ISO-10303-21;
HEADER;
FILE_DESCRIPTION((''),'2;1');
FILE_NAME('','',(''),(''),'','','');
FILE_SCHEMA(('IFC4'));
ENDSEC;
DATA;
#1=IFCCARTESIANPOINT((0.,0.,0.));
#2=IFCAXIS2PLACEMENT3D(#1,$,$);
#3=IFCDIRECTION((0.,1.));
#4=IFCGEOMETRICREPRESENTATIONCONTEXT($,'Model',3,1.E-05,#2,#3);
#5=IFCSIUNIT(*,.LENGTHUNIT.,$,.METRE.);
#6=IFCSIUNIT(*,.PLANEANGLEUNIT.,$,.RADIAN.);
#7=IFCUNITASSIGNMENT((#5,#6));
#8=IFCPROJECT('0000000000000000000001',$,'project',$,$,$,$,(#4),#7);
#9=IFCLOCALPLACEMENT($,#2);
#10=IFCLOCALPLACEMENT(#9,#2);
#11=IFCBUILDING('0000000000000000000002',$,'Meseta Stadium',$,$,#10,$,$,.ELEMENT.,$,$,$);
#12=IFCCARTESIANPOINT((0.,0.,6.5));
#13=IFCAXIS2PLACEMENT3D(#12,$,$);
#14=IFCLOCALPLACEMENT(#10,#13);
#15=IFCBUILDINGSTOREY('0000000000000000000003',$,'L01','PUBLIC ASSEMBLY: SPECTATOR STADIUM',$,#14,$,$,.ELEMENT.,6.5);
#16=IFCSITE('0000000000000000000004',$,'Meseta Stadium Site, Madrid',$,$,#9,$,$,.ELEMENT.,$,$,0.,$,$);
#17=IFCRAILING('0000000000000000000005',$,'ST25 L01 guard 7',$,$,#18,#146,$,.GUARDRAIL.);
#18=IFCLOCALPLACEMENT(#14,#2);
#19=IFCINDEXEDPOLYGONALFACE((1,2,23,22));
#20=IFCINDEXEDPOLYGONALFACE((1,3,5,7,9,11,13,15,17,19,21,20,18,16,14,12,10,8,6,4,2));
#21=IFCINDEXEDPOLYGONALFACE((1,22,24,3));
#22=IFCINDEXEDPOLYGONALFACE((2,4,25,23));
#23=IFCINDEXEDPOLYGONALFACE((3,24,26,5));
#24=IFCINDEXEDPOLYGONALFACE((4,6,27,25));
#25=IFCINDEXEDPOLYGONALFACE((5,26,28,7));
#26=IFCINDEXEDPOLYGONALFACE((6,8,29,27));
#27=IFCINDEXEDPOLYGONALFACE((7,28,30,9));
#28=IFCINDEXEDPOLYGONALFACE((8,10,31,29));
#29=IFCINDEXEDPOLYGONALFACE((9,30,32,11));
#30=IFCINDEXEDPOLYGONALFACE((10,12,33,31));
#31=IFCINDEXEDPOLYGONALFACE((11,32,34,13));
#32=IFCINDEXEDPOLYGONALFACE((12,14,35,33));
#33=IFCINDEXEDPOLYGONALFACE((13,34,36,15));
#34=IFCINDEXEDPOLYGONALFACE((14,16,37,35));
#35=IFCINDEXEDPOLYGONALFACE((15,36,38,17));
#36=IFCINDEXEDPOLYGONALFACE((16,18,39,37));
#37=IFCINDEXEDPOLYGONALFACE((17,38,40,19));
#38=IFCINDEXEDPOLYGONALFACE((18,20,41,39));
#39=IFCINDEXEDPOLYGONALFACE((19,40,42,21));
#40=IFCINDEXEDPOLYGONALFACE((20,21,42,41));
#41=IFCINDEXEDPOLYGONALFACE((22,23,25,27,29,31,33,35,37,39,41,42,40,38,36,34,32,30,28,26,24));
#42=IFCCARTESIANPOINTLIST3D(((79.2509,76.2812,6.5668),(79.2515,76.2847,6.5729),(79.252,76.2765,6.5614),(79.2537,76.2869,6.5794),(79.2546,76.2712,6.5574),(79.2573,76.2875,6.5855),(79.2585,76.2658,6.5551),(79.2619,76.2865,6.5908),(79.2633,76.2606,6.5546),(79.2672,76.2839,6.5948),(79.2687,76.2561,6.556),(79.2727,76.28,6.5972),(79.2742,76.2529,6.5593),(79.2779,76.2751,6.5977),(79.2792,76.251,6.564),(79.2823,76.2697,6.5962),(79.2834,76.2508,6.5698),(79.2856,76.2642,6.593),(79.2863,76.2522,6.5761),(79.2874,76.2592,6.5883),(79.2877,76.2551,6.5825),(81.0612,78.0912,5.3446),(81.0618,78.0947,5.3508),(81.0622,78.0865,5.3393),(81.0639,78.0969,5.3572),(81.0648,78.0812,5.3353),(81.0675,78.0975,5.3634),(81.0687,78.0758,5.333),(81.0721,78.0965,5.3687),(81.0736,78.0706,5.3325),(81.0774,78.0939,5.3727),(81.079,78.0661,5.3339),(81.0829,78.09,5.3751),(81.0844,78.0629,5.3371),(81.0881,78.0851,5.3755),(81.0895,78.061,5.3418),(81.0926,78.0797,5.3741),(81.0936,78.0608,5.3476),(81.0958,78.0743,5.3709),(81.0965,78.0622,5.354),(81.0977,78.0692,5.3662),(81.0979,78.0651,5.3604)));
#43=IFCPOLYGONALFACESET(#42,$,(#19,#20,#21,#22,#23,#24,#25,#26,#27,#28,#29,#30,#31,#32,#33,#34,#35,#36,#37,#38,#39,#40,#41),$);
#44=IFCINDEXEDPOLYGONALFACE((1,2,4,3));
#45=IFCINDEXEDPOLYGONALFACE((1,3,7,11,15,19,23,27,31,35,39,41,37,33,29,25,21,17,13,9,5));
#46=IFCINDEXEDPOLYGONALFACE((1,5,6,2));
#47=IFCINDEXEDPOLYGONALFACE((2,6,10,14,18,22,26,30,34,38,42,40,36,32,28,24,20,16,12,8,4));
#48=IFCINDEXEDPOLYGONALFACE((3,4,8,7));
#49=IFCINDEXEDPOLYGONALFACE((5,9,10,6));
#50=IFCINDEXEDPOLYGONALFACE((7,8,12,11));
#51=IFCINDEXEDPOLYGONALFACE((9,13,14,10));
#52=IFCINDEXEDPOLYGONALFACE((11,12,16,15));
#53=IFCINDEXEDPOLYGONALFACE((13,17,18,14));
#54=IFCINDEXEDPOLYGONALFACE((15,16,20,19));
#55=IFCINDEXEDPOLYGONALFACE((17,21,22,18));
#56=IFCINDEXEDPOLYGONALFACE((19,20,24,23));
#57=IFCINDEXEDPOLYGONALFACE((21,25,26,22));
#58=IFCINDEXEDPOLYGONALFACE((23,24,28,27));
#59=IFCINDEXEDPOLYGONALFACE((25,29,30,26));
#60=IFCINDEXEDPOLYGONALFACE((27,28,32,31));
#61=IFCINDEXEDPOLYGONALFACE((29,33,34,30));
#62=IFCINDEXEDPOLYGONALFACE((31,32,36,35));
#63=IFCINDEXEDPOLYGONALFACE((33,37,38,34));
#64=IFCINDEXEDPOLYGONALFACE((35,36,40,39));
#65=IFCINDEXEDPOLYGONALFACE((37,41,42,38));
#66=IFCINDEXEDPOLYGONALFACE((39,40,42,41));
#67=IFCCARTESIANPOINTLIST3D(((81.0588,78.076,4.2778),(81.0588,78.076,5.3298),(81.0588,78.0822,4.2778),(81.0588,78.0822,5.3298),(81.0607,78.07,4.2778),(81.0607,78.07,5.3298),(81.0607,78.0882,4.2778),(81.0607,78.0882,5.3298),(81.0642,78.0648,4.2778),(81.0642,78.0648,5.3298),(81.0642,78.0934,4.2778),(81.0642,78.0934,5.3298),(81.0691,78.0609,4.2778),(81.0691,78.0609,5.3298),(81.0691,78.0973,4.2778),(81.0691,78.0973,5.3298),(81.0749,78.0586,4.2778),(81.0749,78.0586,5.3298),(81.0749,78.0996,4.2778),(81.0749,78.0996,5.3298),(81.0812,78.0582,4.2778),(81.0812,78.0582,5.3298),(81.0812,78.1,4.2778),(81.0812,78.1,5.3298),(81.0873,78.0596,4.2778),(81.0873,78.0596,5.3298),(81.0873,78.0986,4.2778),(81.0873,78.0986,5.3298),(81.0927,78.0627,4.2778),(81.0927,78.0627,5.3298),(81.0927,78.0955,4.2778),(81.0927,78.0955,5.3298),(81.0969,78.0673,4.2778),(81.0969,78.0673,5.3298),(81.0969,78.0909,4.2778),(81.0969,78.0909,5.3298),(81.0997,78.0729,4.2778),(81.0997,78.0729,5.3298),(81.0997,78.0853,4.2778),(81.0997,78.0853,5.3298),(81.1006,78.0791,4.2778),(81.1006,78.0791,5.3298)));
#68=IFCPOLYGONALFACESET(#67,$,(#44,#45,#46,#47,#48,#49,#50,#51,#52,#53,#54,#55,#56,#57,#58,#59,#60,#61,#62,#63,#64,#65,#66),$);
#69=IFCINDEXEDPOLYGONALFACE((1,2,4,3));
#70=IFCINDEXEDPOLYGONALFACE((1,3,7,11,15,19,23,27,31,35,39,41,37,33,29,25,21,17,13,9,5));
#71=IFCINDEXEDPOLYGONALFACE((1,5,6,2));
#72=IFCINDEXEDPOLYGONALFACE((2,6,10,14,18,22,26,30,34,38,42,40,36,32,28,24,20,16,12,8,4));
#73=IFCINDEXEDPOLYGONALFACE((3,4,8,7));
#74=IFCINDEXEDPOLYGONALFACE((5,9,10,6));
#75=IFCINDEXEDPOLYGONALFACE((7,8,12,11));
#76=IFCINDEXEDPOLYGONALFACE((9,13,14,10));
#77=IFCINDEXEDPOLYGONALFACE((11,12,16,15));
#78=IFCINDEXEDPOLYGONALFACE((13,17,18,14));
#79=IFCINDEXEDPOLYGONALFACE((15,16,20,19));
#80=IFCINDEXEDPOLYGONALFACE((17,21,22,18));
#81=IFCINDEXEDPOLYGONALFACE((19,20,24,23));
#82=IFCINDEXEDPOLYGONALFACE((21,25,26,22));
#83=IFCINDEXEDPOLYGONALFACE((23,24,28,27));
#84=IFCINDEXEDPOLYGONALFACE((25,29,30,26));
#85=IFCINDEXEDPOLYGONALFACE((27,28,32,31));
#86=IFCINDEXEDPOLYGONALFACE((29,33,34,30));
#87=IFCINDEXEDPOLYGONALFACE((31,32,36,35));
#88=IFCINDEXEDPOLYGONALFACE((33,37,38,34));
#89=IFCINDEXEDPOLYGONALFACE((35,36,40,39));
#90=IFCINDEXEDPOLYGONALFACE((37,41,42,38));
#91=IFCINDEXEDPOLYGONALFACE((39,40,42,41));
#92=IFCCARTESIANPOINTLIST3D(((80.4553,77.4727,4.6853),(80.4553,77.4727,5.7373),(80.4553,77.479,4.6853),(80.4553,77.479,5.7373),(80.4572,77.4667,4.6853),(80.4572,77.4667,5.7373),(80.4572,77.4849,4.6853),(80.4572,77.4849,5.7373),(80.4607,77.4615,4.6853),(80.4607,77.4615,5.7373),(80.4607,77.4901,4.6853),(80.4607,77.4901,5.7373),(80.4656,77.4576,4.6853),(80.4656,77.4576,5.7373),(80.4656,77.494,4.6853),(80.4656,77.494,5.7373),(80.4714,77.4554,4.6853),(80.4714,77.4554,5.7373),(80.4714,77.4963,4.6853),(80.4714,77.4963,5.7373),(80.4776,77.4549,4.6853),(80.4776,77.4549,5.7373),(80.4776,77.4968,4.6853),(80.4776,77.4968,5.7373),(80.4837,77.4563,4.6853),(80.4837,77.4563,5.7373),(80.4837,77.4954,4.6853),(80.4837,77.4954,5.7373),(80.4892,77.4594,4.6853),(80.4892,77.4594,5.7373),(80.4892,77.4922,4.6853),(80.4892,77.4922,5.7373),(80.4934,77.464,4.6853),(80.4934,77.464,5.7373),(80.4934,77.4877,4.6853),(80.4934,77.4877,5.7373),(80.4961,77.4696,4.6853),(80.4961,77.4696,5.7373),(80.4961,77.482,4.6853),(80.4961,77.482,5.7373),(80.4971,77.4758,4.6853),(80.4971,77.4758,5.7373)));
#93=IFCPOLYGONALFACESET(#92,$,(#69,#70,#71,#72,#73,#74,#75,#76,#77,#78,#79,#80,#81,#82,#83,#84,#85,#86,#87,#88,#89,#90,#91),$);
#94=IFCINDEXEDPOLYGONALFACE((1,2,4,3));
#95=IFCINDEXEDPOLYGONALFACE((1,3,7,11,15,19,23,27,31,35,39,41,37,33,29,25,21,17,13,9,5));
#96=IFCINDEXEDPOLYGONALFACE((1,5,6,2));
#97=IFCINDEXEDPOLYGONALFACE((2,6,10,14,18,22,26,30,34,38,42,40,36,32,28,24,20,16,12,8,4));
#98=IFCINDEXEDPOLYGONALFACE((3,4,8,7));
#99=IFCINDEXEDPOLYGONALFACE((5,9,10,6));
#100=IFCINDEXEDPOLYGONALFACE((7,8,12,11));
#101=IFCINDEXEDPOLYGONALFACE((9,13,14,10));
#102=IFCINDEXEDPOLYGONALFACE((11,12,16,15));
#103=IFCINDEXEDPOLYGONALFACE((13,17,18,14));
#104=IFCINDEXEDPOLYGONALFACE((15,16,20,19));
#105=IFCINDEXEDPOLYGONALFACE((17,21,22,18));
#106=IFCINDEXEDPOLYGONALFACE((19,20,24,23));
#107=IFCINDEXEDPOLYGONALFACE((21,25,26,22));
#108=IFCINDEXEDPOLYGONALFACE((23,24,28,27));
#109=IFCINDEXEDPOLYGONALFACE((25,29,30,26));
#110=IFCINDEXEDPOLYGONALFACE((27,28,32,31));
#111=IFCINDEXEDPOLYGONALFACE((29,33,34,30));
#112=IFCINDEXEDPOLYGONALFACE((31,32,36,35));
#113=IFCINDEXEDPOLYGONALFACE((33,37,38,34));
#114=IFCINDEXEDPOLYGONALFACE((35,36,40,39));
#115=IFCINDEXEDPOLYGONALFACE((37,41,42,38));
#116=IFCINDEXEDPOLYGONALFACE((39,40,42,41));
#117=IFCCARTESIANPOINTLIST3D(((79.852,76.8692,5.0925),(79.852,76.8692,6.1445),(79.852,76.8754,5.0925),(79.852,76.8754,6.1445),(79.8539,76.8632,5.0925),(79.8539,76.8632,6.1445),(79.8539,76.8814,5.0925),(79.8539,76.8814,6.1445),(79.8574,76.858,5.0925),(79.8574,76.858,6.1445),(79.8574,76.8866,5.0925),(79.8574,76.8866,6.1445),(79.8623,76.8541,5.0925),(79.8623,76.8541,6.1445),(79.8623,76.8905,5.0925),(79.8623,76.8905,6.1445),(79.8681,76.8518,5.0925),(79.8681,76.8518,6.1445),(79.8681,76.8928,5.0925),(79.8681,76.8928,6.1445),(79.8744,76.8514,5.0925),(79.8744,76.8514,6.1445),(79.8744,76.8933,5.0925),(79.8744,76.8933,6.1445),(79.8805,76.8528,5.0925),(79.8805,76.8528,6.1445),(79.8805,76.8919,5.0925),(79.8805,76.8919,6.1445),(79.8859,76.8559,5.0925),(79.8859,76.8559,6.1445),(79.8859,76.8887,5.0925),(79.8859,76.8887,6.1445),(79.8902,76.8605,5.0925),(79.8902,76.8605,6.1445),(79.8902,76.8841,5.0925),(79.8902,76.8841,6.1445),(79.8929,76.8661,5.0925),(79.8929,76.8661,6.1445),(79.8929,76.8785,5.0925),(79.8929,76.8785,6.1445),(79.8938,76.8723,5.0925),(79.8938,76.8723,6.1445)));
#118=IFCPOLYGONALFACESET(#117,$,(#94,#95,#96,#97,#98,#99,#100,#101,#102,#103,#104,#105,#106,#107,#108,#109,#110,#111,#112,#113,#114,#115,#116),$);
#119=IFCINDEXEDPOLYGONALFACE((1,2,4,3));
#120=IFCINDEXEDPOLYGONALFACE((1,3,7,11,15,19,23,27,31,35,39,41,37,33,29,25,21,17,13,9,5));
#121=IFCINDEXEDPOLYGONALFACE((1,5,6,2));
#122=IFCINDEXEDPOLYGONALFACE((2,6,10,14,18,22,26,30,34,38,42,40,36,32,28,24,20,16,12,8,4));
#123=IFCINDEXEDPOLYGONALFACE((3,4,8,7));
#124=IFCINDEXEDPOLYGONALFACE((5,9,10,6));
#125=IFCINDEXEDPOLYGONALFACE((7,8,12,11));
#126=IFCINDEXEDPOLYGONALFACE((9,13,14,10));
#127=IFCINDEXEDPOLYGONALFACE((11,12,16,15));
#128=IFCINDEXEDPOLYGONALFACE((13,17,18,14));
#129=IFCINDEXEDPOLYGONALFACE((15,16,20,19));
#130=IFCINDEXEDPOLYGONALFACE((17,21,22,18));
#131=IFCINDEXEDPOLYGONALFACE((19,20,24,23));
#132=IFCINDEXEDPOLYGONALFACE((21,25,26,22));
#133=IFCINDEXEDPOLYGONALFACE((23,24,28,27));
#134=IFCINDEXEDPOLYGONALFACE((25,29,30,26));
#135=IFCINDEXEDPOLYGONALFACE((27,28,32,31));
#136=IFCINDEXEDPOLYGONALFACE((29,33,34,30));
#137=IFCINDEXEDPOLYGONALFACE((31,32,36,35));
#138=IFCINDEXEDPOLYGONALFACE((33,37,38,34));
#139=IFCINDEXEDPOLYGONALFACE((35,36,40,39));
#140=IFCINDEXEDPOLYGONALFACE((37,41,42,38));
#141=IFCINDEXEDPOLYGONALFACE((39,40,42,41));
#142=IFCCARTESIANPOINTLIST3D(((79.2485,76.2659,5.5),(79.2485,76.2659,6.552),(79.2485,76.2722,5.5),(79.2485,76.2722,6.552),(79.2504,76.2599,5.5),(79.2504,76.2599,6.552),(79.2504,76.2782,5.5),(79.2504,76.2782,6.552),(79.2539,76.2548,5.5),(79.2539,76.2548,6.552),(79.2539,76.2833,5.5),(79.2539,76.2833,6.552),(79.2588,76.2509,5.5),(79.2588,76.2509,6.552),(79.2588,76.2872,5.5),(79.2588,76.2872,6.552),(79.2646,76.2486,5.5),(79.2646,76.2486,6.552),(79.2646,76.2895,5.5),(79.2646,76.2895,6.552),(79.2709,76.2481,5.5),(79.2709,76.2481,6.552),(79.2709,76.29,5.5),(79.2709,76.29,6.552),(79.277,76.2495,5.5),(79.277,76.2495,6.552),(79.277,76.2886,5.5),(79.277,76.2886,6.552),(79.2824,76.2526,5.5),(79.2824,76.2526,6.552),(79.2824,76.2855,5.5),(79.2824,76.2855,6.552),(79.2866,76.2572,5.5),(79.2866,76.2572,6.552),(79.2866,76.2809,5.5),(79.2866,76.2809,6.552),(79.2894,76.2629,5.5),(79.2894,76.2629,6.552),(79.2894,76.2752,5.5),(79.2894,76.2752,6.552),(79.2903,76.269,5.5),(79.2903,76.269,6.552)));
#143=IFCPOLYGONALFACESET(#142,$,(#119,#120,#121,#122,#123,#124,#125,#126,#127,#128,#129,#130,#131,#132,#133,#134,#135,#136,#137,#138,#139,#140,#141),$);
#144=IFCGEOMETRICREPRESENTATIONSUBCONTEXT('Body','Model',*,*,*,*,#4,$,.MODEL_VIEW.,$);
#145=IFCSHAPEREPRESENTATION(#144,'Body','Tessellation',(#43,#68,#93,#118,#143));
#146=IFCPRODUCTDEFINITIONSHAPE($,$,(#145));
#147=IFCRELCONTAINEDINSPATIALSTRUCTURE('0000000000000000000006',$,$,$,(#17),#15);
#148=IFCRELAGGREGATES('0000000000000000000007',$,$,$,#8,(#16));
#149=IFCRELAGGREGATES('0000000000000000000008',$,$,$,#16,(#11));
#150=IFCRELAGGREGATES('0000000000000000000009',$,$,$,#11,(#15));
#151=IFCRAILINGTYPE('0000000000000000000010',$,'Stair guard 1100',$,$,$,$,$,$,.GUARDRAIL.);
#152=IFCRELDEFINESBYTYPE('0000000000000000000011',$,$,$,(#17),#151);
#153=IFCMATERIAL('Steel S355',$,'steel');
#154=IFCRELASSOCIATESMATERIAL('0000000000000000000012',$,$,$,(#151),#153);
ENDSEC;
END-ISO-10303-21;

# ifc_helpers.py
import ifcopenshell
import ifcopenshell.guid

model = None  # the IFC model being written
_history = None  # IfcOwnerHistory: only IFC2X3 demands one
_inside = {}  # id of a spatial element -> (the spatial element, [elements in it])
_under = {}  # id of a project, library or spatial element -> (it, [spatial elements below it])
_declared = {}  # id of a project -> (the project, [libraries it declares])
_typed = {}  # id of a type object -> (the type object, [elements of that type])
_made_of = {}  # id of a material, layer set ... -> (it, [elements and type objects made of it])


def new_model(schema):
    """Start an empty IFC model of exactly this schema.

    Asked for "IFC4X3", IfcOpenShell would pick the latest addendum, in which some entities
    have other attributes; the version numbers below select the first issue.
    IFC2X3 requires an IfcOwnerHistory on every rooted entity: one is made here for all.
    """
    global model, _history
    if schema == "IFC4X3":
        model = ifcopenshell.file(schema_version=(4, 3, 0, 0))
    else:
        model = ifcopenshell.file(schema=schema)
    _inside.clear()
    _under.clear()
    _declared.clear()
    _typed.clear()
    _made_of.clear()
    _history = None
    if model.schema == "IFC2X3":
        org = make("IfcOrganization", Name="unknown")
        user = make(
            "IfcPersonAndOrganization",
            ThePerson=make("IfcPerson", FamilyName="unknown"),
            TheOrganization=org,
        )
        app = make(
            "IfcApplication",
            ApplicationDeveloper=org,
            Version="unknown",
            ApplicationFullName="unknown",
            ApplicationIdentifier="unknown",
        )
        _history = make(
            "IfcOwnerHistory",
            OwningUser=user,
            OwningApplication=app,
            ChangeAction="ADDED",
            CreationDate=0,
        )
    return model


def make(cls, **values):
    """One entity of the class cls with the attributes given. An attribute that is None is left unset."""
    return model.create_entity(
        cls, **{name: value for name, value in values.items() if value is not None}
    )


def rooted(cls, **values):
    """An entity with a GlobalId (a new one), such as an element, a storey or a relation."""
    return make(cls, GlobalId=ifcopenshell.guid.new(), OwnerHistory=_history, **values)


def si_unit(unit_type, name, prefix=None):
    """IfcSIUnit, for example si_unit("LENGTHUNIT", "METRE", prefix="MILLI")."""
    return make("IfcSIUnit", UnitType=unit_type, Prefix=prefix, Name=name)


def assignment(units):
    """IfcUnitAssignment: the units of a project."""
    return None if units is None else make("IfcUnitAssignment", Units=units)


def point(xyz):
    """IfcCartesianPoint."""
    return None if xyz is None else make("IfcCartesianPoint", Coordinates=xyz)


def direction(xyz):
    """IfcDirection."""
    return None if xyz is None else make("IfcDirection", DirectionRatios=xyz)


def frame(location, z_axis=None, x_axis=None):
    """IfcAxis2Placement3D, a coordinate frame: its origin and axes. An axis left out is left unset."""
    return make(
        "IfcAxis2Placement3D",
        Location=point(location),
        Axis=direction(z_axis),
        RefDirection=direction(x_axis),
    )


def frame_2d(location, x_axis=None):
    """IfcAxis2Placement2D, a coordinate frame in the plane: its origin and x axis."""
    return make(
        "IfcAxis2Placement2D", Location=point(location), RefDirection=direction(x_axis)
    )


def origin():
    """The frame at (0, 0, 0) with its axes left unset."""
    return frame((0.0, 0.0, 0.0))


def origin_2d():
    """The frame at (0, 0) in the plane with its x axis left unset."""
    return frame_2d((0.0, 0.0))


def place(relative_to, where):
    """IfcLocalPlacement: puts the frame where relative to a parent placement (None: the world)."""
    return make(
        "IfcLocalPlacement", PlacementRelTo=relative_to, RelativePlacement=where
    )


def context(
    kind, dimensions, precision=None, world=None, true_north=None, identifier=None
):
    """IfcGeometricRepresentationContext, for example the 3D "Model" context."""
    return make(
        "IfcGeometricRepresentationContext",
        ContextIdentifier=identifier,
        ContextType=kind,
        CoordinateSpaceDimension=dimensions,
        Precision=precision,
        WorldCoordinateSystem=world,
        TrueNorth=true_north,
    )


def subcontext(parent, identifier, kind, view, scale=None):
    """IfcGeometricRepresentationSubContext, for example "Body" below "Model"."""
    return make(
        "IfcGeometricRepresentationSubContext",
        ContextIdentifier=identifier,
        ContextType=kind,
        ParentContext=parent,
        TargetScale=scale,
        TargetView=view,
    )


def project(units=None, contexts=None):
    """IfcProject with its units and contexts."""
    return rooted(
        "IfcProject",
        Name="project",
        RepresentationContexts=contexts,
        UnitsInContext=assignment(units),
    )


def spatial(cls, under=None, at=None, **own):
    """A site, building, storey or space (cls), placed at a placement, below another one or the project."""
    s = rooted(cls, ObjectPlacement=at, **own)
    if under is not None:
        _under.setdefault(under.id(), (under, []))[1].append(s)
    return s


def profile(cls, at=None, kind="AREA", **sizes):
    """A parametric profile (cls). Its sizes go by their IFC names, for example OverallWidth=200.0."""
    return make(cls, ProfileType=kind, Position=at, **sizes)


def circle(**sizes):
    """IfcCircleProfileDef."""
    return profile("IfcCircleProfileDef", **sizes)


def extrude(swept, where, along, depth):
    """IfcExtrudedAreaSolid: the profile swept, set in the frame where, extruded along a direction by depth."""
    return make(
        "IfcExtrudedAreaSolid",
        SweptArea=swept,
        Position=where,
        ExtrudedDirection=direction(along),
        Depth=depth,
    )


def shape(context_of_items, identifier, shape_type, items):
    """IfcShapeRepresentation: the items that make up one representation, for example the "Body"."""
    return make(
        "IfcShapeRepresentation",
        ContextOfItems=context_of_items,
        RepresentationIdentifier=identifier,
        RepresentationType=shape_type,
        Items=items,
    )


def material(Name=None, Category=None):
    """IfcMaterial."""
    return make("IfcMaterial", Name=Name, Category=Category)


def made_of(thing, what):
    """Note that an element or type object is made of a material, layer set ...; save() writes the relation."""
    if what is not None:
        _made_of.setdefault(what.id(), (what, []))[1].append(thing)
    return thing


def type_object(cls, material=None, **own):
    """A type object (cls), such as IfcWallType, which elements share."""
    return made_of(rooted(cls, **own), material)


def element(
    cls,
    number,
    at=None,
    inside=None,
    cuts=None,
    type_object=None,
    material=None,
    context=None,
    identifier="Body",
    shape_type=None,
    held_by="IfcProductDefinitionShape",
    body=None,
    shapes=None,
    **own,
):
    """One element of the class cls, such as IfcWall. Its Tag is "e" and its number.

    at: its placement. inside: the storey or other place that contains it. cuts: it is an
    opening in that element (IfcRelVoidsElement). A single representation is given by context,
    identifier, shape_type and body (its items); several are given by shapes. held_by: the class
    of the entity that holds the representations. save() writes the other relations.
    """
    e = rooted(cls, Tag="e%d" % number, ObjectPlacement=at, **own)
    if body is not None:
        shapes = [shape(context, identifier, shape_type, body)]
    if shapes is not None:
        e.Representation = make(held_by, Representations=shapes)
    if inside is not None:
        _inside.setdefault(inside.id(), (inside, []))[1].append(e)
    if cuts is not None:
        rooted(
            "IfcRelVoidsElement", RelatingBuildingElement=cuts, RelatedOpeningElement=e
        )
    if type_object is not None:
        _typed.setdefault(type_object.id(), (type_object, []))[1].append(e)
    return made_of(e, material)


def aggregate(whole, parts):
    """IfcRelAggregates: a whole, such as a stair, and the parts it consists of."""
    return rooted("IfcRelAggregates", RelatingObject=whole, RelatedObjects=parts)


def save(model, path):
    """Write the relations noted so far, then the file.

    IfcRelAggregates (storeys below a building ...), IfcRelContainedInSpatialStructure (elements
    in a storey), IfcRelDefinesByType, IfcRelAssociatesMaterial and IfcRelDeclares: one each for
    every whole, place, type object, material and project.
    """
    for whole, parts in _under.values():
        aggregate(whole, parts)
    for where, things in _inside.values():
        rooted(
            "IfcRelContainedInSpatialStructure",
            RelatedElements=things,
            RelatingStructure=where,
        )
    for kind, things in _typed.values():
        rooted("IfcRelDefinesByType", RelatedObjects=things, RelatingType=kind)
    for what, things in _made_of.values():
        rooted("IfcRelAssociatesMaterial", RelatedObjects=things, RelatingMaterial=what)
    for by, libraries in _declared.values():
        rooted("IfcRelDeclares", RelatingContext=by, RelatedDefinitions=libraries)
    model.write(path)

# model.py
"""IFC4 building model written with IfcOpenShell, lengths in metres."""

from ifc_helpers import new_model, si_unit, direction, frame, origin, origin_2d, place, context, subcontext, project, spatial, circle, extrude, material, type_object, element, save


model = new_model("IFC4")

# Units and contexts
model_context = context("Model", 3, precision=1e-05, world=origin(), true_north=direction((0.0, 1.0)))
body_context = subcontext(model_context, "Body", "Model", "MODEL_VIEW")
ifc_project = project(units=[si_unit("LENGTHUNIT", "METRE"), si_unit("PLANEANGLEUNIT", "RADIAN")], contexts=[model_context])

# Site, building, storey
site_placement = place(None, origin())
site = spatial("IfcSite", under=ifc_project, at=site_placement, Name="Meseta Stadium Site, Madrid", CompositionType="ELEMENT", RefElevation=0.0)
building_placement = place(site_placement, origin())
building = spatial("IfcBuilding", under=site, at=building_placement, Name="Meseta Stadium", CompositionType="ELEMENT")
storey_placement = place(building_placement, frame((0.0, 0.0, 6.5)))
storey = spatial("IfcBuildingStorey", under=building, at=storey_placement, Name="L01", Description="PUBLIC ASSEMBLY: SPECTATOR STADIUM", CompositionType="ELEMENT", Elevation=6.5)

# Railing
ifc_material_1 = material(Name="Steel S355", Category="steel")
railing_type_1 = type_object("IfcRailingType", Name="Stair guard 1100", PredefinedType="GUARDRAIL", material=ifc_material_1)
railing_1_placement = place(storey_placement, frame((81.0796, 78.0791, 4.2778)))
element("IfcRailing", 1, at=railing_1_placement, inside=storey, type_object=railing_type_1, Name="ST25 L01 guard 7", PredefinedType="GUARDRAIL", context=body_context, shape_type="SweptSolid", body=[
    extrude(circle(Radius=0.0239, at=origin_2d()), frame((0.0, 0.0, 1.0762), z_axis=(-0.638159, -0.638073, 0.430832), x_axis=(0.707059, -0.707154, 0.0)), (0.0, 0.0, 1.0), 2.8367),
    extrude(circle(Radius=0.021, at=origin_2d()), origin(), (0.0, 0.0, 1.0), 1.052),
    extrude(circle(Radius=0.021, at=origin_2d()), frame((-0.6035, -0.6033, 0.4075)), (0.0, 0.0, 1.0), 1.052),
    extrude(circle(Radius=0.021, at=origin_2d()), frame((-1.2068, -1.2068, 0.8147)), (0.0, 0.0, 1.0), 1.052),
    extrude(circle(Radius=0.021, at=origin_2d()), frame((-1.8103, -1.8101, 1.2222)), (0.0, 0.0, 1.0), 1.052),
])

save(model, "model.ifc")
